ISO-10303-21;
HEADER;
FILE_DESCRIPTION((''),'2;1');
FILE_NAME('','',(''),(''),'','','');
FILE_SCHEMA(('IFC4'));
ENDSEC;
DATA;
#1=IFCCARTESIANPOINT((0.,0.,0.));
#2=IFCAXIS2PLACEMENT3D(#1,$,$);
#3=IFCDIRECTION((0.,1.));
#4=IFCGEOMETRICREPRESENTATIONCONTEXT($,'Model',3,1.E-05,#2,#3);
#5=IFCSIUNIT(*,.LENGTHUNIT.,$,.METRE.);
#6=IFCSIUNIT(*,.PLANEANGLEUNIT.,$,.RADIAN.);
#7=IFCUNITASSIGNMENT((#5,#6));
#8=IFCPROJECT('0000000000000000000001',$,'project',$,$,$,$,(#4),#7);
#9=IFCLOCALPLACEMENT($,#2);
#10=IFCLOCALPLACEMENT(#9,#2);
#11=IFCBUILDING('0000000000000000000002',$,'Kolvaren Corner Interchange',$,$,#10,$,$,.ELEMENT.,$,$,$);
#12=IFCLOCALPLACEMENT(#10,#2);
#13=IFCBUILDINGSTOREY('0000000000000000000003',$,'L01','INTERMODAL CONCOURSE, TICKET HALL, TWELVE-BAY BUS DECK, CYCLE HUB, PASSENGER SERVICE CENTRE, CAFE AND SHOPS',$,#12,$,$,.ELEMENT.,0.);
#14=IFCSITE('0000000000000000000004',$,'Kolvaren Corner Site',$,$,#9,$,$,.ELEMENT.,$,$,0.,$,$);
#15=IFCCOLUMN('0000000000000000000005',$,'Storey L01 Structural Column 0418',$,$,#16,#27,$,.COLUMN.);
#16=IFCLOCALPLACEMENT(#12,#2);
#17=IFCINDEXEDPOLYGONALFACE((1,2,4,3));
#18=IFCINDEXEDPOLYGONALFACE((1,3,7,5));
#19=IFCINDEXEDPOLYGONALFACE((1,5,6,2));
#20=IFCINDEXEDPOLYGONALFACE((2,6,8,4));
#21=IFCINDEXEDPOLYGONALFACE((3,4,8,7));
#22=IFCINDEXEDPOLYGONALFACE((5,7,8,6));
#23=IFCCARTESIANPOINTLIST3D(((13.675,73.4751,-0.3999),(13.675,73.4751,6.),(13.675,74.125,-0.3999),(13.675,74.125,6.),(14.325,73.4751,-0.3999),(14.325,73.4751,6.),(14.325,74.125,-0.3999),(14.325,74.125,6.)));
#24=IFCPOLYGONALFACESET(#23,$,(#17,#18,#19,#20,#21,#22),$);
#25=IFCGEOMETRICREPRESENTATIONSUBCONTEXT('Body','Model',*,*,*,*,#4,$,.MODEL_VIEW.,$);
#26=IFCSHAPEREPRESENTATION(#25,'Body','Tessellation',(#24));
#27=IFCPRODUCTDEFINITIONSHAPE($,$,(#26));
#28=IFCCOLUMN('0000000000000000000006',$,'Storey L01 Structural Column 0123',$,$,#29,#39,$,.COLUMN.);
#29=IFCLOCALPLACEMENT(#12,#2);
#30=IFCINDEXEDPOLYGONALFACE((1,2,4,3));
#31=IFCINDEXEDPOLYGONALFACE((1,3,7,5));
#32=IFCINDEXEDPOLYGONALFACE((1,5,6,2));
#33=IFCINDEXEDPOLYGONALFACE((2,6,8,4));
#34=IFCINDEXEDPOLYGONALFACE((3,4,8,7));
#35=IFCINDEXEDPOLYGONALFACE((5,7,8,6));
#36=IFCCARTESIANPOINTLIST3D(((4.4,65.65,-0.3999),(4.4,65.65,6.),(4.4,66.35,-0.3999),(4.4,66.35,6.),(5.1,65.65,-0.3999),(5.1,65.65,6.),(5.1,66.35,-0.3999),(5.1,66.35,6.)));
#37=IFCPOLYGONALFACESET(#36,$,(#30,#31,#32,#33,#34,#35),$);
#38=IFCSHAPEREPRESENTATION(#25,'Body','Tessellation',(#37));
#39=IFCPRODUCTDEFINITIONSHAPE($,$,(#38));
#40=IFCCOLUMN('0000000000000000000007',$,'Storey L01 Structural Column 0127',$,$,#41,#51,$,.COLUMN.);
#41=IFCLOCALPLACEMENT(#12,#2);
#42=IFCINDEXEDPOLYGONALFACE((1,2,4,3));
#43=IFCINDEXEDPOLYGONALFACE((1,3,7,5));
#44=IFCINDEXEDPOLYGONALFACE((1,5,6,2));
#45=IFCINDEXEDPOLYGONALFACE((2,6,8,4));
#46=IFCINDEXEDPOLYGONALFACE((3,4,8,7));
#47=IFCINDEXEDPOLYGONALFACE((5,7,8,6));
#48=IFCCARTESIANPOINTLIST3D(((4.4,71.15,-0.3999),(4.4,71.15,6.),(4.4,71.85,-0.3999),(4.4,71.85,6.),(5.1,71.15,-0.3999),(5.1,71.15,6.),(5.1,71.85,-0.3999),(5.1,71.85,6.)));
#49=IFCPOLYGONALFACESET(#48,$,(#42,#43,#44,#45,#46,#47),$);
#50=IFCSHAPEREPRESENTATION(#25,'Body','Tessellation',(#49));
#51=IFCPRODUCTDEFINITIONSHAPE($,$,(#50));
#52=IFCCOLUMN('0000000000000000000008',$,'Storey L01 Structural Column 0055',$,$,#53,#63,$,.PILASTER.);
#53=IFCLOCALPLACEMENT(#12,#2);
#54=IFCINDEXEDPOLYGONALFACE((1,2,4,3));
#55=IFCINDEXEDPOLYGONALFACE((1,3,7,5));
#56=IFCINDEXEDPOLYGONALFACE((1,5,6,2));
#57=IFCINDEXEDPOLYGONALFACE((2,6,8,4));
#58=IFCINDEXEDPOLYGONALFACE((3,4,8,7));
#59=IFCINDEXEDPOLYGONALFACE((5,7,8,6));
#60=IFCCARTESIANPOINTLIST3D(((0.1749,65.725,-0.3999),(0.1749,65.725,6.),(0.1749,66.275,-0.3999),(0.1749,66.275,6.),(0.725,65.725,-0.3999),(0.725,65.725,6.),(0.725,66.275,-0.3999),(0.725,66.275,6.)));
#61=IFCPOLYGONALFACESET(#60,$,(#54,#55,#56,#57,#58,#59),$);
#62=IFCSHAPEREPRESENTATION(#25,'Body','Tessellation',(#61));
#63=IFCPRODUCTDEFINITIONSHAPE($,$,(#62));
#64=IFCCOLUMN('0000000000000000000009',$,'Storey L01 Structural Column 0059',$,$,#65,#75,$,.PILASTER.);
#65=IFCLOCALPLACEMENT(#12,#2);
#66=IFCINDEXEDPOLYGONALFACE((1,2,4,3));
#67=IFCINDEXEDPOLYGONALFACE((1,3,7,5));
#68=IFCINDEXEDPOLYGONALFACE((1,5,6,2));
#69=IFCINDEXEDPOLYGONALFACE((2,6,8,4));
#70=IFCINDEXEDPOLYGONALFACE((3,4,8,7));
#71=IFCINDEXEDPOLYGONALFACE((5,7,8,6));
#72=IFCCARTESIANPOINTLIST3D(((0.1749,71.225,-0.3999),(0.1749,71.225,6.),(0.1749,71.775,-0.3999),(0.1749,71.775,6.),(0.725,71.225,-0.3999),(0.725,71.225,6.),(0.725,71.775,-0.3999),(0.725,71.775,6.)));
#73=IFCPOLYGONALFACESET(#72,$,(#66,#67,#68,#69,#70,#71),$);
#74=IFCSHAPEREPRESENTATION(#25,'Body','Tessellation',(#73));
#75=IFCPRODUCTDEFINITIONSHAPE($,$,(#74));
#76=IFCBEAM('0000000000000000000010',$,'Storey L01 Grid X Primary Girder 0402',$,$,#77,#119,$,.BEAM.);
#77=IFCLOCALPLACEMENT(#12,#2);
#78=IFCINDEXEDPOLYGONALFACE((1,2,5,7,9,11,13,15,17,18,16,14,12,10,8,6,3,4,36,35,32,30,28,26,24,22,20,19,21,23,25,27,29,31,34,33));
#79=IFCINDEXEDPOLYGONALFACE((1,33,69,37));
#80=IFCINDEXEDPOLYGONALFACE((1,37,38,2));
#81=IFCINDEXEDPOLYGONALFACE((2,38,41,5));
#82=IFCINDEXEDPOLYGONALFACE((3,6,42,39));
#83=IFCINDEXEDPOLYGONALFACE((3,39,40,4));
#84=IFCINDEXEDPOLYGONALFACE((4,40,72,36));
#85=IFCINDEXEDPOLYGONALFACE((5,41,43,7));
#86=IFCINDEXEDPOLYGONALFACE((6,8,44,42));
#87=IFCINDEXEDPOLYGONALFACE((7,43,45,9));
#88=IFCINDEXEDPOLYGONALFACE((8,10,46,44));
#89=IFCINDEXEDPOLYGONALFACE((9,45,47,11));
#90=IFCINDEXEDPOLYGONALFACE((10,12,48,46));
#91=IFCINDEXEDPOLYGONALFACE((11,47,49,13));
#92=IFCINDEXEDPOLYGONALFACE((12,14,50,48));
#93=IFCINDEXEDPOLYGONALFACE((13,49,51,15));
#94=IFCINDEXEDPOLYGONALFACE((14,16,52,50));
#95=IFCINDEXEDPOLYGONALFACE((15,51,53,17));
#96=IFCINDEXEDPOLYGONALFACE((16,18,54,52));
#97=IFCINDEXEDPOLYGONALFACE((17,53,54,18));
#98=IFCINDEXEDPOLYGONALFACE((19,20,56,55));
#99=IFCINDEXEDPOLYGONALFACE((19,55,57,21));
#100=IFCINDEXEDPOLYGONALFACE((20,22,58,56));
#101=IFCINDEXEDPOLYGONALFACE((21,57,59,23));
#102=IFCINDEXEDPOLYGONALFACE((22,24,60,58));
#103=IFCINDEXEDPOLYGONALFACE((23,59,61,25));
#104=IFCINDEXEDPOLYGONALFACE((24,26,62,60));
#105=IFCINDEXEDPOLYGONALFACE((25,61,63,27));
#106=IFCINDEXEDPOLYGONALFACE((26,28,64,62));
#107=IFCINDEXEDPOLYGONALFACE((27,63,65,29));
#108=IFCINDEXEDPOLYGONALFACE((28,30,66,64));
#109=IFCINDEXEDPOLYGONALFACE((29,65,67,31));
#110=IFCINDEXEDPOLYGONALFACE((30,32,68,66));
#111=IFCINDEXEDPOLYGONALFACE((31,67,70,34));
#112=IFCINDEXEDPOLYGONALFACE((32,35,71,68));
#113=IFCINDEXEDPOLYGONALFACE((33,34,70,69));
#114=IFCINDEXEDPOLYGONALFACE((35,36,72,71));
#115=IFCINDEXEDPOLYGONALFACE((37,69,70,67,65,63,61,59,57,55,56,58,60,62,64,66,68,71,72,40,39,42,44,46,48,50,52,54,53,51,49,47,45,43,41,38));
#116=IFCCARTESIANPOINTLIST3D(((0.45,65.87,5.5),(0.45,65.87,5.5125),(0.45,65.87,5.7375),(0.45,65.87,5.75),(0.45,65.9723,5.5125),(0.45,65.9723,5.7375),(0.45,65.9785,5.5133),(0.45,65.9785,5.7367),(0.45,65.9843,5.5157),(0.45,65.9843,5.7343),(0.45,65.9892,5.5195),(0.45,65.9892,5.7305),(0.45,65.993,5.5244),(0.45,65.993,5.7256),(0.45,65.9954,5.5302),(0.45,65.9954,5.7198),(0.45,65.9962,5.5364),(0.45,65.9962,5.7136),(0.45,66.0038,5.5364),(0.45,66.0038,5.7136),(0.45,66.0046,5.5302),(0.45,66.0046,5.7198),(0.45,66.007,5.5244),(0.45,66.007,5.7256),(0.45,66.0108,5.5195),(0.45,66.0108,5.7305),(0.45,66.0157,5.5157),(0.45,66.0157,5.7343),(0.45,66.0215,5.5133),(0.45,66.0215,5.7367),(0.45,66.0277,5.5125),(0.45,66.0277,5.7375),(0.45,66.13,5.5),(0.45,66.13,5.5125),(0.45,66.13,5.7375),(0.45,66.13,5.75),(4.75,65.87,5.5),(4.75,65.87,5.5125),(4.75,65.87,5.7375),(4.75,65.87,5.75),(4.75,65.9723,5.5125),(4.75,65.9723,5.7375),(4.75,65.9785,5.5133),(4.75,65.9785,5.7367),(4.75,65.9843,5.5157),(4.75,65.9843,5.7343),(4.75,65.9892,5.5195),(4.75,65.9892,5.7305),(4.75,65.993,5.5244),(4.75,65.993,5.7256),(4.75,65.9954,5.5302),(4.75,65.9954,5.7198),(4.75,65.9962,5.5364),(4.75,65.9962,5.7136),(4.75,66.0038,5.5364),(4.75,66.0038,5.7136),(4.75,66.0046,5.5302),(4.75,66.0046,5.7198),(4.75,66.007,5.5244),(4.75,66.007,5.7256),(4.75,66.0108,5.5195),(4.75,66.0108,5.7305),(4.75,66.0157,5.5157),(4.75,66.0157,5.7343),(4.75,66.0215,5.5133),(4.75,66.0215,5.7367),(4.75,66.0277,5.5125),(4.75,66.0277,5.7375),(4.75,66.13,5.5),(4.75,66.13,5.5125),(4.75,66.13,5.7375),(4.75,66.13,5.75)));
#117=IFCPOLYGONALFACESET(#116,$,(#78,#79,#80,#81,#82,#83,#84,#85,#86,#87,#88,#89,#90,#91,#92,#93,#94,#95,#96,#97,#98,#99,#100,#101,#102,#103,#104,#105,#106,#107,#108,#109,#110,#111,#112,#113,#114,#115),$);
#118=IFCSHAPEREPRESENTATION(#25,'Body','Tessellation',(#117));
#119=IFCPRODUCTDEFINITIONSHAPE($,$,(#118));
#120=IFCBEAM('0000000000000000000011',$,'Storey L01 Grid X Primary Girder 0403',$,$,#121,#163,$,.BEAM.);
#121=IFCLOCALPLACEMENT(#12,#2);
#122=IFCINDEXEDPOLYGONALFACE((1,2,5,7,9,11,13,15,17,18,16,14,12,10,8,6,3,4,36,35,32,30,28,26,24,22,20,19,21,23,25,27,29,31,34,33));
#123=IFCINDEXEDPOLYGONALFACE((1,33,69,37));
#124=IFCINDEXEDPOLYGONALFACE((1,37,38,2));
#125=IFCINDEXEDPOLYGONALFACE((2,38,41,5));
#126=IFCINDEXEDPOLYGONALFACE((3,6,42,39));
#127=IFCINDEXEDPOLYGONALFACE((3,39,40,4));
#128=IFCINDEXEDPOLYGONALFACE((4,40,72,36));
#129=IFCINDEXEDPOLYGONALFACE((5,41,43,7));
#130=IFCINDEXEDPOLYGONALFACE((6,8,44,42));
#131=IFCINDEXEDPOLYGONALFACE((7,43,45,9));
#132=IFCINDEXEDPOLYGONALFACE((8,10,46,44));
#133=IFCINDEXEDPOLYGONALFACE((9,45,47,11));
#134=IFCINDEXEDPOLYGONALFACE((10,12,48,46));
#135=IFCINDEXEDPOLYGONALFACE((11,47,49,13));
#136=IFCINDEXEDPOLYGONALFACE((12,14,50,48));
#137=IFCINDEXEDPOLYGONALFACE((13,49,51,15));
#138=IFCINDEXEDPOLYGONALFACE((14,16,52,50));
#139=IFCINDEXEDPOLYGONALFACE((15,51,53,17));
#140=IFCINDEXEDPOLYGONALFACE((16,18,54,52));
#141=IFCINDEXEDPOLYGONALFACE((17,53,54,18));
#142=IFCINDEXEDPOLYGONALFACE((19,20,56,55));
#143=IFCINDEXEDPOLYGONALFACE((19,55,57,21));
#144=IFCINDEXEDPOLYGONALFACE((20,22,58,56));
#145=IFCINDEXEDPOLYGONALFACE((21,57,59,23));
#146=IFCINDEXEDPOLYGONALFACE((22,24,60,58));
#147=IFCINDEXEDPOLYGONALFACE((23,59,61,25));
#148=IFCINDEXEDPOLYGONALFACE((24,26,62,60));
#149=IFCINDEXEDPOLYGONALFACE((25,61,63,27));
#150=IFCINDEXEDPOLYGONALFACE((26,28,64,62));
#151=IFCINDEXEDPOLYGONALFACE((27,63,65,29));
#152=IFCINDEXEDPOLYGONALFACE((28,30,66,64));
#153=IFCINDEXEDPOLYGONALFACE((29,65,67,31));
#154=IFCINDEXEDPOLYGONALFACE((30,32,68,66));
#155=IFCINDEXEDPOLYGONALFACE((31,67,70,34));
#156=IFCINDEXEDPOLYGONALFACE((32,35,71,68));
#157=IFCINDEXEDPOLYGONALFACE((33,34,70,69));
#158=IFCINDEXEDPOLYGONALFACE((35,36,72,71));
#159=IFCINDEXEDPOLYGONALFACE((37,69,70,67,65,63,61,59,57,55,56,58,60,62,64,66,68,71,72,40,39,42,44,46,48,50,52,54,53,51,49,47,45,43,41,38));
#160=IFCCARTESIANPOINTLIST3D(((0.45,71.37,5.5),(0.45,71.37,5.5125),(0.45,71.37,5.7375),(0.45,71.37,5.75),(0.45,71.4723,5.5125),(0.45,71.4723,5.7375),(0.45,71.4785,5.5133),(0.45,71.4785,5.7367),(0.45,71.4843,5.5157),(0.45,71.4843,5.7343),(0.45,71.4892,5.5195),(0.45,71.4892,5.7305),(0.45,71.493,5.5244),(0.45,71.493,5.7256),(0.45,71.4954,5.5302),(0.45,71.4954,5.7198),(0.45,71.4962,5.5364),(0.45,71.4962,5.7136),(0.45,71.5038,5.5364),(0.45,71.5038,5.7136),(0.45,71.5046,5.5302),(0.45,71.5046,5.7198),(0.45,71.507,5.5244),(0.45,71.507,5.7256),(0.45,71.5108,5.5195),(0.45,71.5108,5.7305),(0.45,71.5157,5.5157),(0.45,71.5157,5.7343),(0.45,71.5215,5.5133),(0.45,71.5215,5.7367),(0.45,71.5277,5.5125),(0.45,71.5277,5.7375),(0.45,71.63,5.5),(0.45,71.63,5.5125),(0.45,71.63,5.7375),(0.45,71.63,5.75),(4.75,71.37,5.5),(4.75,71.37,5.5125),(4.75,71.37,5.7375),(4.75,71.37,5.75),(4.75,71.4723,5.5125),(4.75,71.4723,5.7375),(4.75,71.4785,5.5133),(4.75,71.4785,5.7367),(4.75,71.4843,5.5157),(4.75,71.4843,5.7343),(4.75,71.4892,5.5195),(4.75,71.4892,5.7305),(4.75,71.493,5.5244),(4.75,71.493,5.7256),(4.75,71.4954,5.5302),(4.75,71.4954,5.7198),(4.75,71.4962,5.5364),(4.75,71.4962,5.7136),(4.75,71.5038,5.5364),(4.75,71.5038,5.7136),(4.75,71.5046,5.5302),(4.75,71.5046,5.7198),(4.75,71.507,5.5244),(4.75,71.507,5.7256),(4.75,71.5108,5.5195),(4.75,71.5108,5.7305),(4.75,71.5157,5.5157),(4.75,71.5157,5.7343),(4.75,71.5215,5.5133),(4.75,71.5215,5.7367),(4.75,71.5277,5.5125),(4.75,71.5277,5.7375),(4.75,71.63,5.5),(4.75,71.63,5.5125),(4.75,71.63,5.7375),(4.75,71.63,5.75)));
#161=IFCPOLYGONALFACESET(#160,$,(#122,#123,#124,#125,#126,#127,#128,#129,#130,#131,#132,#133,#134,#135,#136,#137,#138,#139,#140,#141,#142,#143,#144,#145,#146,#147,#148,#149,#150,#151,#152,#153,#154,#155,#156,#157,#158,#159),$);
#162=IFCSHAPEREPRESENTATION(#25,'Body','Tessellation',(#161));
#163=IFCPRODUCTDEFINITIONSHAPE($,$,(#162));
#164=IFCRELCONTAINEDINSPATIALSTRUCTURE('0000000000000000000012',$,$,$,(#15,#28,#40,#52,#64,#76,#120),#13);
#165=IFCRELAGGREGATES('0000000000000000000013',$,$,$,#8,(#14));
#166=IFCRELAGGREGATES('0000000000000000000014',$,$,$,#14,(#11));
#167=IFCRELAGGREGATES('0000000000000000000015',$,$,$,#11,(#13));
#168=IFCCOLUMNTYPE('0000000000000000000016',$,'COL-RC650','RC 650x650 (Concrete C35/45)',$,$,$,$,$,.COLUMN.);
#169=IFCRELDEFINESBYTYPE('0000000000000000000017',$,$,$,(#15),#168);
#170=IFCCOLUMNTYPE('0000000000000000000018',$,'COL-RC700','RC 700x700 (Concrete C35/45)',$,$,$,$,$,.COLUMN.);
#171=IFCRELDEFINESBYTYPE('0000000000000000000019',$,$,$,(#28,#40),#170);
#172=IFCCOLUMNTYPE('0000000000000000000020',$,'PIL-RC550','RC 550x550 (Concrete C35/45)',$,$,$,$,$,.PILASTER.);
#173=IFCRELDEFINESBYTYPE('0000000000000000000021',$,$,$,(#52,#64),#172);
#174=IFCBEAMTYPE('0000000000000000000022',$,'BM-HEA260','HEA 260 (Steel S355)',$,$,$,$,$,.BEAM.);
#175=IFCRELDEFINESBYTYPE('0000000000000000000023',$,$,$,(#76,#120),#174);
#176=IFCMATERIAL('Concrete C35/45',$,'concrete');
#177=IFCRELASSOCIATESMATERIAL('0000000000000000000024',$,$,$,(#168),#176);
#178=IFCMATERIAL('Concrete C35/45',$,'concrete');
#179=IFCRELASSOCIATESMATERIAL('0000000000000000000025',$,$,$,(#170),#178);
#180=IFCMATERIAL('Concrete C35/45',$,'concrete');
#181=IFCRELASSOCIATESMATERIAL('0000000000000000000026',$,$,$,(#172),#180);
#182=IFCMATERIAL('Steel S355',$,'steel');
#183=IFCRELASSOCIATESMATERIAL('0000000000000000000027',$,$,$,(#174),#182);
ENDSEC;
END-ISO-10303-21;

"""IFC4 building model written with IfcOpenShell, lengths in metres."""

from ifc_helpers import new_model, si_unit, direction, frame, origin, origin_2d, place, context, subcontext, project, spatial, rectangle, i_section, extrude, material, material_profile, profile_set, type_object, element, save


model = new_model("IFC4")

# Units and contexts
model_context = context("Model", 3, precision=1e-05, world=origin(), true_north=direction((0.0, 1.0)))
body_context = subcontext(model_context, "Body", "Model", "MODEL_VIEW")
ifc_project = project(units=[si_unit("LENGTHUNIT", "METRE"), si_unit("PLANEANGLEUNIT", "RADIAN")], contexts=[model_context])

# Site, building, storey
site_placement = place(None, origin())
site = spatial("IfcSite", under=ifc_project, at=site_placement, Name="Kolvaren Corner Site", CompositionType="ELEMENT", RefElevation=0.0)
building_placement = place(site_placement, origin())
building = spatial("IfcBuilding", under=site, at=building_placement, Name="Kolvaren Corner Interchange", CompositionType="ELEMENT")
storey_placement = place(building_placement, origin())
storey = spatial("IfcBuildingStorey", under=building, at=storey_placement, Name="L01", Description="INTERMODAL CONCOURSE, TICKET HALL, TWELVE-BAY BUS DECK, CYCLE HUB, PASSENGER SERVICE CENTRE, CAFE AND SHOPS", CompositionType="ELEMENT", Elevation=0.0)

# Columns
ifc_material_1 = material(Name="Concrete C35/45", Category="concrete")
ifc_material_profile_1 = material_profile(ifc_material_1, rectangle(XDim=0.6499, YDim=0.6499, at=origin_2d()), Name="RC 650x650")
ifc_profile_set_1 = profile_set([ifc_material_profile_1], Name="Concrete C35/45")
column_type_1 = type_object("IfcColumnType", Name="COL-RC650", Description="RC 650x650 (Concrete C35/45)", PredefinedType="COLUMN", material=ifc_profile_set_1)
column_placement = place(storey_placement, frame((14.0, 73.8, -0.3999), z_axis=(0.0, 0.0, 1.0), x_axis=(1.0, 0.0, 0.0)))
element("IfcColumn", 1, at=column_placement, inside=storey, type_object=column_type_1, Name="Storey L01 Structural Column 0418", PredefinedType="COLUMN", context=body_context, shape_type="SweptSolid", body=[
    extrude(rectangle(XDim=0.6499, YDim=0.6499, at=origin_2d()), origin(), (0.0, 0.0, 1.0), 6.3999),
])
ifc_material_2 = material(Name="Concrete C35/45", Category="concrete")
ifc_material_profile_2 = material_profile(ifc_material_2, rectangle(XDim=0.7, YDim=0.7, at=origin_2d()), Name="RC 700x700")
ifc_profile_set_2 = profile_set([ifc_material_profile_2], Name="Concrete C35/45")
column_type_2 = type_object("IfcColumnType", Name="COL-RC700", Description="RC 700x700 (Concrete C35/45)", PredefinedType="COLUMN", material=ifc_profile_set_2)
for number, where, z_axis, x_axis, name in (
    (2, (4.75, 66.0, -0.3999), (0.0, 0.0, 1.0), (1.0, 0.0, 0.0), "Storey L01 Structural Column 0123"),
    (3, (4.75, 71.5, -0.3999), (0.0, 0.0, 1.0), (1.0, 0.0, 0.0), "Storey L01 Structural Column 0127"),
):
    element("IfcColumn", number, at=place(storey_placement, frame(where, z_axis=z_axis, x_axis=x_axis)), inside=storey, type_object=column_type_2, Name=name, PredefinedType="COLUMN", context=body_context, shape_type="SweptSolid", body=[
        extrude(rectangle(XDim=0.7, YDim=0.7, at=origin_2d()), origin(), (0.0, 0.0, 1.0), 6.3999),
    ])
ifc_material_3 = material(Name="Concrete C35/45", Category="concrete")
ifc_material_profile_3 = material_profile(ifc_material_3, rectangle(XDim=0.55, YDim=0.55, at=origin_2d()), Name="RC 550x550")
ifc_profile_set_3 = profile_set([ifc_material_profile_3], Name="Concrete C35/45")
column_type_3 = type_object("IfcColumnType", Name="PIL-RC550", Description="RC 550x550 (Concrete C35/45)", PredefinedType="PILASTER", material=ifc_profile_set_3)
for number, where, z_axis, x_axis, name in (
    (4, (0.45, 66.0, -0.3999), (0.0, 0.0, 1.0), (1.0, 0.0, 0.0), "Storey L01 Structural Column 0055"),
    (5, (0.45, 71.5, -0.3999), (0.0, 0.0, 1.0), (1.0, 0.0, 0.0), "Storey L01 Structural Column 0059"),
):
    element("IfcColumn", number, at=place(storey_placement, frame(where, z_axis=z_axis, x_axis=x_axis)), inside=storey, type_object=column_type_3, Name=name, PredefinedType="PILASTER", context=body_context, shape_type="SweptSolid", body=[
        extrude(rectangle(XDim=0.55, YDim=0.55, at=origin_2d()), origin(), (0.0, 0.0, 1.0), 6.3999),
    ])

# Beams
ifc_material_4 = material(Name="Steel S355", Category="steel")
ifc_material_profile_4 = material_profile(ifc_material_4, i_section(OverallWidth=0.26, OverallDepth=0.25, WebThickness=0.0076, FlangeThickness=0.0125, FilletRadius=0.0239, at=origin_2d()), Name="HEA 260")
ifc_profile_set_4 = profile_set([ifc_material_profile_4], Name="Steel S355")
beam_type_1 = type_object("IfcBeamType", Name="BM-HEA260", Description="HEA 260 (Steel S355)", PredefinedType="BEAM", material=ifc_profile_set_4)
for number, where, z_axis, x_axis, name in (
    (6, (0.45, 66.0, 5.625), (1.0, 0.0, 0.0), (0.0, 1.0, 0.0), "Storey L01 Grid X Primary Girder 0402"),
    (7, (0.45, 71.5, 5.625), (1.0, 0.0, 0.0), (0.0, 1.0, 0.0), "Storey L01 Grid X Primary Girder 0403"),
):
    element("IfcBeam", number, at=place(storey_placement, frame(where, z_axis=z_axis, x_axis=x_axis)), inside=storey, type_object=beam_type_1, Name=name, PredefinedType="BEAM", context=body_context, shape_type="SweptSolid", body=[
        extrude(i_section(OverallWidth=0.26, OverallDepth=0.25, WebThickness=0.0076, FlangeThickness=0.0125, FilletRadius=0.0239, at=origin_2d()), origin(), (0.0, 0.0, 1.0), 4.3),
    ])

save(model, "model.ifc")
